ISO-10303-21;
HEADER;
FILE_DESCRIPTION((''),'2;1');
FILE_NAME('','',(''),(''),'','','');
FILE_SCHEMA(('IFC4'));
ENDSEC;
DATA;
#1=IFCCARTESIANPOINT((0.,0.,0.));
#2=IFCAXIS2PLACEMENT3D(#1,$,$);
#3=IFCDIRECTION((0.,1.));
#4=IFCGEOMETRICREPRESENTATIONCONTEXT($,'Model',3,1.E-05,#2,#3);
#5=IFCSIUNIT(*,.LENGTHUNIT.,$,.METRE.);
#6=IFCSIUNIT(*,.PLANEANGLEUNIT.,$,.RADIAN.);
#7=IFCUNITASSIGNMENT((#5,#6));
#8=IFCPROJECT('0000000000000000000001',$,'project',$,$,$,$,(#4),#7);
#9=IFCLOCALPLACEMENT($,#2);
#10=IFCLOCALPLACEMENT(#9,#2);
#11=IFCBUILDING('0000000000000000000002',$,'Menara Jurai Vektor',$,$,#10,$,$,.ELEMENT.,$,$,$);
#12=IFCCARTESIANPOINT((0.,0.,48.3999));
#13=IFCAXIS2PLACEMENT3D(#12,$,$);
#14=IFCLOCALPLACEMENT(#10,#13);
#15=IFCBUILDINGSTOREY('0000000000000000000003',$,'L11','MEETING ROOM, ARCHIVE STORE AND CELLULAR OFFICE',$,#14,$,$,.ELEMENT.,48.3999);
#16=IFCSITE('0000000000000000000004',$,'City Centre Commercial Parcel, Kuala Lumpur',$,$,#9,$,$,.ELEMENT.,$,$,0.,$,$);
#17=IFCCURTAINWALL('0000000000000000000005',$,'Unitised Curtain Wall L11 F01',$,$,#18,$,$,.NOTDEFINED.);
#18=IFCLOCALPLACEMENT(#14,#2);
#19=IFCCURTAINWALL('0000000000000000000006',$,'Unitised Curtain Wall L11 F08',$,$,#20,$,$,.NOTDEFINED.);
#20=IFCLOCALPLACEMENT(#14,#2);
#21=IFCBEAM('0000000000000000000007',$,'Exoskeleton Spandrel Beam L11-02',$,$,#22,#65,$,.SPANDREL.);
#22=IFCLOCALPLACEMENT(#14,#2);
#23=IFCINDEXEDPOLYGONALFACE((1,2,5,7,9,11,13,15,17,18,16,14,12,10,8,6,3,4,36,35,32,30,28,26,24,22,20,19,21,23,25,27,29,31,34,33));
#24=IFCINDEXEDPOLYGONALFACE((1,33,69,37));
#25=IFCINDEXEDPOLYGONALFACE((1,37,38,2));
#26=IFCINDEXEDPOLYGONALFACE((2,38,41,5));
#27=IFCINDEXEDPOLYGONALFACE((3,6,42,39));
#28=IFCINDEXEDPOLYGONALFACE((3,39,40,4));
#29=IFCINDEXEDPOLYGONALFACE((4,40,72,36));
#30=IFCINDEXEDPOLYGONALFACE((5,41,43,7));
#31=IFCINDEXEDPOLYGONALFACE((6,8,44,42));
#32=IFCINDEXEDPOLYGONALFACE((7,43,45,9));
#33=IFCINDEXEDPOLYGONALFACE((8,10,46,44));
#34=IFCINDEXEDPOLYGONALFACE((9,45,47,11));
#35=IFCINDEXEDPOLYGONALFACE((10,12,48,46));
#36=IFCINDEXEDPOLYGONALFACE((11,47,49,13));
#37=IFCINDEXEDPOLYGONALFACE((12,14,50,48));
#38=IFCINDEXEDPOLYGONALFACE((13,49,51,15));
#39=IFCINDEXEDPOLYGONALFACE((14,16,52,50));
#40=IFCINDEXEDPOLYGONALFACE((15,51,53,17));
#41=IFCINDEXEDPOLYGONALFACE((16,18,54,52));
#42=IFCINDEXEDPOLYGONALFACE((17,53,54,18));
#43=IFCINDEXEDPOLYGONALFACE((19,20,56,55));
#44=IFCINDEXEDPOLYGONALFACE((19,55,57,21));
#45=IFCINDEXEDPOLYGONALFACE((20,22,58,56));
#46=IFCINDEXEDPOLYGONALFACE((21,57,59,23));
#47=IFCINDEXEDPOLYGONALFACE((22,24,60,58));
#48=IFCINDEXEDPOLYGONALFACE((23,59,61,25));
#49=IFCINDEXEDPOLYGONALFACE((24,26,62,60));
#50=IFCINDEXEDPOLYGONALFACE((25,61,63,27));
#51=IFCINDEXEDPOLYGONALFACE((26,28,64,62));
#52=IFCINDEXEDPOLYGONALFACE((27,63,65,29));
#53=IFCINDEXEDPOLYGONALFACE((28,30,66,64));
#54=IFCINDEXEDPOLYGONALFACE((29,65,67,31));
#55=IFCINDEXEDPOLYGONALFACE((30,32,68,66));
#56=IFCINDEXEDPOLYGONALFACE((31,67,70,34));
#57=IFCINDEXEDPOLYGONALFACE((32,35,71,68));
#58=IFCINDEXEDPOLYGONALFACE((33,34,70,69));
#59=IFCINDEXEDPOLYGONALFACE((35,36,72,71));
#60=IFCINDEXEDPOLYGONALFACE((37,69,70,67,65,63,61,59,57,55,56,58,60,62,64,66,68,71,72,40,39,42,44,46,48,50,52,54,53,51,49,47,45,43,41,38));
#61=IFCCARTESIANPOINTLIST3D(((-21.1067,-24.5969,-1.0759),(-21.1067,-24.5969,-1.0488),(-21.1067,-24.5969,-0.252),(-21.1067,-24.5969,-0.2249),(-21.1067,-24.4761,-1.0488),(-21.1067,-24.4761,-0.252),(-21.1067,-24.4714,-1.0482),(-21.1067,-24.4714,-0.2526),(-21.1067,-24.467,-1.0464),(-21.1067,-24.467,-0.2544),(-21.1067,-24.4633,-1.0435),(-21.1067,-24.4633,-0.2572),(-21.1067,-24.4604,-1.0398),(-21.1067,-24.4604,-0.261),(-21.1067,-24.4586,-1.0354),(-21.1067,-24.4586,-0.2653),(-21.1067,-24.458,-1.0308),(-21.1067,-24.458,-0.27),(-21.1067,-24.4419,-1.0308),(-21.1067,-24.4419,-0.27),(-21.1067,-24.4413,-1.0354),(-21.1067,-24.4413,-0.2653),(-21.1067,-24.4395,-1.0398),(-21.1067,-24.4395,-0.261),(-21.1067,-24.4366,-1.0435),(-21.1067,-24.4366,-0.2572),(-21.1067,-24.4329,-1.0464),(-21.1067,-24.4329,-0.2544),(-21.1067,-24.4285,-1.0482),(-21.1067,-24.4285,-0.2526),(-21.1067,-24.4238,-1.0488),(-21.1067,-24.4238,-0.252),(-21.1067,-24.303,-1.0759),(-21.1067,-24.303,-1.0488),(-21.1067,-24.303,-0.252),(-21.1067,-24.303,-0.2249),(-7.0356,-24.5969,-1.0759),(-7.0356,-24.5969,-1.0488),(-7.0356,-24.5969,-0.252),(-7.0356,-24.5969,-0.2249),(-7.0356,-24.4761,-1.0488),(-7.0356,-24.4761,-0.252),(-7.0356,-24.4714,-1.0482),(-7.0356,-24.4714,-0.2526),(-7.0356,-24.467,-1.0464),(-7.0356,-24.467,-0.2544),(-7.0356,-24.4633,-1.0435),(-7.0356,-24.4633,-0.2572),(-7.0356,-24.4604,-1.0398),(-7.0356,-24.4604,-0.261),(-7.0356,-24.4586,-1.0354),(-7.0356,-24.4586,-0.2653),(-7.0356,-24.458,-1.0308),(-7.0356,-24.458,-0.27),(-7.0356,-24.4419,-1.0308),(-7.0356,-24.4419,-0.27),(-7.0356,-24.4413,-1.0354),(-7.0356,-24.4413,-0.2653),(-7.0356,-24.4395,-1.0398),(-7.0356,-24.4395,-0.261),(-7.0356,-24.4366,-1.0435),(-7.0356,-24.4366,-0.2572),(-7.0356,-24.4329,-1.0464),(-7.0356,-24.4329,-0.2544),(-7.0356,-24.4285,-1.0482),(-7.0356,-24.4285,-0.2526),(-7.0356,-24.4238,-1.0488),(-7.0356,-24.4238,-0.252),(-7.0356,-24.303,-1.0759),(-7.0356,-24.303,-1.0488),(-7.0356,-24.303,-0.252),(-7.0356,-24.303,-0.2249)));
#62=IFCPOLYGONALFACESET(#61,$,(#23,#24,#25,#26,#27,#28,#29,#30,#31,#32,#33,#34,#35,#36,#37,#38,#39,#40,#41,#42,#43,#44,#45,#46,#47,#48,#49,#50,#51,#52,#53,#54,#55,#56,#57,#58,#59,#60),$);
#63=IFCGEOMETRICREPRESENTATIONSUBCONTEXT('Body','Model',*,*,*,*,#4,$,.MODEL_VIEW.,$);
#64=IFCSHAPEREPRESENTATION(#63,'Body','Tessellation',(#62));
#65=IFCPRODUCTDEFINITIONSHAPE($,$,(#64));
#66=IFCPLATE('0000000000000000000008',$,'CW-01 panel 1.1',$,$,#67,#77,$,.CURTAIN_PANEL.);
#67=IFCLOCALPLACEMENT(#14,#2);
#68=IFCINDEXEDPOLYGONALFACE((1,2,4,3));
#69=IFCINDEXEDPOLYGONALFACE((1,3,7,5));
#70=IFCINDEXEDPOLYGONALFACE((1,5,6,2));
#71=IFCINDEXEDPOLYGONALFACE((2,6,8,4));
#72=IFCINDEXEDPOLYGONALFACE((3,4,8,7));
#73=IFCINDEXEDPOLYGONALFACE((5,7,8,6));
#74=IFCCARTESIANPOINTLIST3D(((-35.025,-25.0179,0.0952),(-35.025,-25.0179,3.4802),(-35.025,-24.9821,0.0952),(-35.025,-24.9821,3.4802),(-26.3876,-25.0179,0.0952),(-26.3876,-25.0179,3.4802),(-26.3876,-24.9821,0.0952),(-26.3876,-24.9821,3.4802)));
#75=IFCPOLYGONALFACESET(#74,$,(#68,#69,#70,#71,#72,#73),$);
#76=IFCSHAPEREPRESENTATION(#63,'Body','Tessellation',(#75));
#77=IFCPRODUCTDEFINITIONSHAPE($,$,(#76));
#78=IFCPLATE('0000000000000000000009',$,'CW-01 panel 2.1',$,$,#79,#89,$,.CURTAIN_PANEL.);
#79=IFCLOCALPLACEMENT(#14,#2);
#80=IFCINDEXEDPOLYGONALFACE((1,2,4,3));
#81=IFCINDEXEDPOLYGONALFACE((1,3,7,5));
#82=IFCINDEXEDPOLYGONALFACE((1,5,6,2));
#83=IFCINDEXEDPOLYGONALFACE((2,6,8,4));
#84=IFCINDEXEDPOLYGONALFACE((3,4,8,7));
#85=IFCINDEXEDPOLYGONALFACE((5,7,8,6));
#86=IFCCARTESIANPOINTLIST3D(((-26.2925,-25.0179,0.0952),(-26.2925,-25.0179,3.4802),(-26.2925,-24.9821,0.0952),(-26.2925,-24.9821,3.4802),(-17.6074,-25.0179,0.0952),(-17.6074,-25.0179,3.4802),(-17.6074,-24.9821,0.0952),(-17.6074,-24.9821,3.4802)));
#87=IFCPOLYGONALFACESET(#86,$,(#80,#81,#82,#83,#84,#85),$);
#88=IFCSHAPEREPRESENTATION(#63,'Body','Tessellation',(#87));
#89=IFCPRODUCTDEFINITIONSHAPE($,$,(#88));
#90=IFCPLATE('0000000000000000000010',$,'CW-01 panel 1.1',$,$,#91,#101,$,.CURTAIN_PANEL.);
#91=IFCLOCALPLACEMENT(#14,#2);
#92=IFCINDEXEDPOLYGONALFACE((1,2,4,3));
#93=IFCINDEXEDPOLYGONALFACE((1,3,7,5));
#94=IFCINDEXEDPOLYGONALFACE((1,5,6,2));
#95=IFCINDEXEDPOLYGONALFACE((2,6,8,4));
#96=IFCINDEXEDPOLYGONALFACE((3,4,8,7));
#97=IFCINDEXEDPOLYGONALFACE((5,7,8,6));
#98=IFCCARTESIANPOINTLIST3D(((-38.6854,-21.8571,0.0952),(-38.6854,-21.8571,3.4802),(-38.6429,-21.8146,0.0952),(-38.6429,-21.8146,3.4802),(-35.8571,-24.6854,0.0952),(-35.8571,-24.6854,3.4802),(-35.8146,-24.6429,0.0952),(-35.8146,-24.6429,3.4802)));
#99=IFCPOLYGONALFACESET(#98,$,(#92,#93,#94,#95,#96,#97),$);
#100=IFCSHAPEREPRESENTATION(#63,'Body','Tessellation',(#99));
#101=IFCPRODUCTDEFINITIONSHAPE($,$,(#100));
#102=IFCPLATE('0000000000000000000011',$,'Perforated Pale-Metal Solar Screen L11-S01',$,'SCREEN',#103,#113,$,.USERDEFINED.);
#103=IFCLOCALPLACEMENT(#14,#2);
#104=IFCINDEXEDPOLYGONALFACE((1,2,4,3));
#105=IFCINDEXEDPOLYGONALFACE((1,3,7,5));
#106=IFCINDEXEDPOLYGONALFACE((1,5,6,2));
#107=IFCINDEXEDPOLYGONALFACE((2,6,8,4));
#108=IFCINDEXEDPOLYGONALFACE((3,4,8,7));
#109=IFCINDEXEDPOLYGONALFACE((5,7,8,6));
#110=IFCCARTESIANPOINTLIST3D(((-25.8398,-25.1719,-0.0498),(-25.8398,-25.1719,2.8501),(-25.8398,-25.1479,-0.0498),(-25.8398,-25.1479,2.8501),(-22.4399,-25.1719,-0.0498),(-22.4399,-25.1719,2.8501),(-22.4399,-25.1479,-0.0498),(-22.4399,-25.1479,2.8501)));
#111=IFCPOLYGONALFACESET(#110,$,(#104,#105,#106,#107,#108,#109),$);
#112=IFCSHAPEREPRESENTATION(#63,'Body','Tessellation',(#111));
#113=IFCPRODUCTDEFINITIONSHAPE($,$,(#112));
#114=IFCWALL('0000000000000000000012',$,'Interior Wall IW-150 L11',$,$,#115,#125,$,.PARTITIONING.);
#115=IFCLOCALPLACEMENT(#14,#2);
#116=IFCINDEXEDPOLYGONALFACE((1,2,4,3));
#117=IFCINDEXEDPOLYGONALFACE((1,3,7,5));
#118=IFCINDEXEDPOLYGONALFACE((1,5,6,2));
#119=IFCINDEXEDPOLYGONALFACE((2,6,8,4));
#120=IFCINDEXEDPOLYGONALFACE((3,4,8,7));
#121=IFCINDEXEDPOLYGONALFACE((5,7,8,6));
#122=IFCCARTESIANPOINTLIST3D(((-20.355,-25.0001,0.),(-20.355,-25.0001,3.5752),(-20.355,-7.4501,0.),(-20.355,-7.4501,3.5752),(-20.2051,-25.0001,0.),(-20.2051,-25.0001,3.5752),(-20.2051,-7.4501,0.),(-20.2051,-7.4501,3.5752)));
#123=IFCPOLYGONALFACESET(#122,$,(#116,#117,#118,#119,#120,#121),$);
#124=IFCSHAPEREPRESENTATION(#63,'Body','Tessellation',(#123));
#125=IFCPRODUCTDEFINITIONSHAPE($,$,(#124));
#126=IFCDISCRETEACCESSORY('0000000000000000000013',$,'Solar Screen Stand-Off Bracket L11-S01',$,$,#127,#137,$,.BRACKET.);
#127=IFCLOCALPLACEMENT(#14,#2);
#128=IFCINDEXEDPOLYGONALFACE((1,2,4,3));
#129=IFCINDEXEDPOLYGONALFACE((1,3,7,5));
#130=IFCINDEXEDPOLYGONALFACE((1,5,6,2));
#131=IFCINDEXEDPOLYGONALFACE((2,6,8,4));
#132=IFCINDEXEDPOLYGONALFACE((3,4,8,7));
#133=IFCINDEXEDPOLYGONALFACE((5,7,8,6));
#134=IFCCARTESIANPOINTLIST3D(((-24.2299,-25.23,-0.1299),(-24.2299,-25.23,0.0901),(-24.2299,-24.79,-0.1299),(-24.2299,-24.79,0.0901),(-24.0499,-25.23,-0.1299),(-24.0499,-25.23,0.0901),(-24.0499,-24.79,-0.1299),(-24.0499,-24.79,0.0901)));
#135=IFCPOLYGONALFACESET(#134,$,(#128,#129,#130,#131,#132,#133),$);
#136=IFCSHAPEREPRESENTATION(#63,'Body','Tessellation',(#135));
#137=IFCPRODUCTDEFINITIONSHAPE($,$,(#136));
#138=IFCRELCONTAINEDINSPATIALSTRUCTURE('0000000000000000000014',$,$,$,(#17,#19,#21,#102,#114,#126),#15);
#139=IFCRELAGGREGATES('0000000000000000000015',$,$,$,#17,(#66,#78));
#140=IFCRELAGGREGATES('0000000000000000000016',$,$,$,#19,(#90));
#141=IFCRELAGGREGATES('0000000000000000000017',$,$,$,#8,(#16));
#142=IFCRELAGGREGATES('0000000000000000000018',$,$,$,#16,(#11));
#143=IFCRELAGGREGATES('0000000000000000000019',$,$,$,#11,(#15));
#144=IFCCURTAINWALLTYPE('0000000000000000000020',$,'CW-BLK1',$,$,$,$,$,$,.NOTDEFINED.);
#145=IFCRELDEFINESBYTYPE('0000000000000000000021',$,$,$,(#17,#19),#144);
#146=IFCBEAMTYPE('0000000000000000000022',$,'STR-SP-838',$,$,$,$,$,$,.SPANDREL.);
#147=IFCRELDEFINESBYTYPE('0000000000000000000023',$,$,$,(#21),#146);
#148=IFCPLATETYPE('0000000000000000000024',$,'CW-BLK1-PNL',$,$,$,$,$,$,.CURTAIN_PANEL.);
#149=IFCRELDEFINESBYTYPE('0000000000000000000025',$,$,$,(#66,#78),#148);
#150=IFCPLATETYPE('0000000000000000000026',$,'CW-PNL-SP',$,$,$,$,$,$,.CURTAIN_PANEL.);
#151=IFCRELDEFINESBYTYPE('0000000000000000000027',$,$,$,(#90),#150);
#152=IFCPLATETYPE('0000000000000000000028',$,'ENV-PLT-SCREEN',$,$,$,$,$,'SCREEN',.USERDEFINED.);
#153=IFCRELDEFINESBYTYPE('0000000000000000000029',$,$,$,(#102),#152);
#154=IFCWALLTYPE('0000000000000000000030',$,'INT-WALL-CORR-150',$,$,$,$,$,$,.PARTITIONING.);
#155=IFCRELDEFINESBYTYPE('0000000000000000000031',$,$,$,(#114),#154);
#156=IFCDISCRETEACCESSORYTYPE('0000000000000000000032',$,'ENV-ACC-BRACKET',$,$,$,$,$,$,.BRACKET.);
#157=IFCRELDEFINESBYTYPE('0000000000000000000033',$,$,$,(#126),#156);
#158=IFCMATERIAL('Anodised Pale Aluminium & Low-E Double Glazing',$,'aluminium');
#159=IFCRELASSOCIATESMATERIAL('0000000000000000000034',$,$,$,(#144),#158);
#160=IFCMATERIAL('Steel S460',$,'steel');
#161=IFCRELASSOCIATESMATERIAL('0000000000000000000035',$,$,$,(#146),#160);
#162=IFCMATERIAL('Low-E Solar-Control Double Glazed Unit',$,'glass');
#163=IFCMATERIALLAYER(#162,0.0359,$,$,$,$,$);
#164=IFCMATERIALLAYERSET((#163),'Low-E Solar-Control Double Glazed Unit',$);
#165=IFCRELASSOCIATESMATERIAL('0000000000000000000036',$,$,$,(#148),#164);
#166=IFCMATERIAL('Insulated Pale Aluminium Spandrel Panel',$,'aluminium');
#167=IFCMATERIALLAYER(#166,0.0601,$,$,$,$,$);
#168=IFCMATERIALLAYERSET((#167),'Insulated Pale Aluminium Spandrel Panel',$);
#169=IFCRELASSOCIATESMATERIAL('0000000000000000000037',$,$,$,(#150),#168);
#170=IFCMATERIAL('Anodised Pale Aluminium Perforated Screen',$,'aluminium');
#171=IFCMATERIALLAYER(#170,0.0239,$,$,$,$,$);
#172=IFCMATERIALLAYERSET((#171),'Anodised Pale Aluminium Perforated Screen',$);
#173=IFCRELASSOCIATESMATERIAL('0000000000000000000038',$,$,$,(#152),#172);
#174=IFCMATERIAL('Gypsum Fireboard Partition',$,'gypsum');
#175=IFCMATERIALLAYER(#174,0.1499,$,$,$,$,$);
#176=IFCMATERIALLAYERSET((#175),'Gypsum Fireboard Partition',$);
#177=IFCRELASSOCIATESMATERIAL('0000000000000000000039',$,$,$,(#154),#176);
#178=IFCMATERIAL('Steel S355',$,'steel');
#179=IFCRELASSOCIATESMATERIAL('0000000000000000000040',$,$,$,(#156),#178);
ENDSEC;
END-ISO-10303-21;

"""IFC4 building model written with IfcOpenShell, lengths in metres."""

from ifc_helpers import new_model, si_unit, direction, frame, frame_2d, origin, origin_2d, place, context, subcontext, project, spatial, rectangle, i_section, extrude, material, layer, layer_set, material_profile, profile_set, type_object, element, aggregate, save


model = new_model("IFC4")

# Units and contexts
model_context = context("Model", 3, precision=1e-05, world=origin(), true_north=direction((0.0, 1.0)))
body_context = subcontext(model_context, "Body", "Model", "MODEL_VIEW")
ifc_project = project(units=[si_unit("LENGTHUNIT", "METRE"), si_unit("PLANEANGLEUNIT", "RADIAN")], contexts=[model_context])

# Site, building, storey
site_placement = place(None, origin())
site = spatial("IfcSite", under=ifc_project, at=site_placement, Name="City Centre Commercial Parcel, Kuala Lumpur", CompositionType="ELEMENT", RefElevation=0.0)
building_placement = place(site_placement, origin())
building = spatial("IfcBuilding", under=site, at=building_placement, Name="Menara Jurai Vektor", CompositionType="ELEMENT")
storey_placement = place(building_placement, frame((0.0, 0.0, 48.3999)))
storey = spatial("IfcBuildingStorey", under=building, at=storey_placement, Name="L11", Description="MEETING ROOM, ARCHIVE STORE AND CELLULAR OFFICE", CompositionType="ELEMENT", Elevation=48.3999)

# Shared definitions
ifc_material_1 = material(Name="Steel S460", Category="steel")

# Curtain walls
ifc_material_2 = material(Name="Anodised Pale Aluminium & Low-E Double Glazing", Category="aluminium")
curtain_wall_type = type_object("IfcCurtainWallType", Name="CW-BLK1", PredefinedType="NOTDEFINED", material=ifc_material_2)
curtain_wall_1_placement = place(storey_placement, origin())
curtain_wall_1 = element("IfcCurtainWall", 1, at=curtain_wall_1_placement, inside=storey, type_object=curtain_wall_type, Name="Unitised Curtain Wall L11 F01", PredefinedType="NOTDEFINED")
curtain_wall_2_placement = place(storey_placement, origin())
curtain_wall_2 = element("IfcCurtainWall", 2, at=curtain_wall_2_placement, inside=storey, type_object=curtain_wall_type, Name="Unitised Curtain Wall L11 F08", PredefinedType="NOTDEFINED")

# Shared definitions
ifc_material_3 = material(Name="Steel S355", Category="steel")

# Beam
ifc_material_profile_1 = material_profile(ifc_material_1, i_section(OverallWidth=0.2939, OverallDepth=0.8511, WebThickness=0.0161, FlangeThickness=0.0271, FilletRadius=0.0181, at=origin_2d()), Name="UKB 838x292x226")
ifc_profile_set_1 = profile_set([ifc_material_profile_1], Name="Steel S460")
beam_type_1 = type_object("IfcBeamType", Name="STR-SP-838", PredefinedType="SPANDREL", material=ifc_profile_set_1)
for number, where, z_axis, x_axis, name in (
    (3, (-21.1067, -24.45, -0.6504), (1.0, 0.0, 0.0), (0.0, 1.0, 0.0), "Exoskeleton Spandrel Beam L11-02"),
):
    element("IfcBeam", number, at=place(storey_placement, frame(where, z_axis=z_axis, x_axis=x_axis)), inside=storey, type_object=beam_type_1, Name=name, PredefinedType="SPANDREL", context=body_context, shape_type="SweptSolid", body=[
        extrude(i_section(OverallWidth=0.2939, OverallDepth=0.8511, WebThickness=0.0161, FlangeThickness=0.0271, FilletRadius=0.0181, at=origin_2d()), origin(), (0.0, 0.0, 1.0), 14.071),
    ])

# Plates
ifc_material_4 = material(Name="Low-E Solar-Control Double Glazed Unit", Category="glass")
ifc_layer_1 = layer(ifc_material_4, 0.0359)
ifc_layer_set_1 = layer_set([ifc_layer_1], Name="Low-E Solar-Control Double Glazed Unit")
plate_type_1 = type_object("IfcPlateType", Name="CW-BLK1-PNL", PredefinedType="CURTAIN_PANEL", material=ifc_layer_set_1)
plate_1_placement = place(storey_placement, frame((-30.7063, -25.0, 0.0952), z_axis=(0.0, 0.0, 1.0), x_axis=(1.0, 0.0, 0.0)))
plate_1 = element("IfcPlate", 4, at=plate_1_placement, type_object=plate_type_1, Name="CW-01 panel 1.1", PredefinedType="CURTAIN_PANEL", context=body_context, shape_type="SweptSolid", body=[
    extrude(rectangle(XDim=8.6375, YDim=0.0359, at=origin_2d()), origin(), (0.0, 0.0, 1.0), 3.385),
])
plate_2_placement = place(storey_placement, frame((-21.95, -25.0, 0.0952), z_axis=(0.0, 0.0, 1.0), x_axis=(1.0, 0.0, 0.0)))
plate_2 = element("IfcPlate", 5, at=plate_2_placement, type_object=plate_type_1, Name="CW-01 panel 2.1", PredefinedType="CURTAIN_PANEL", context=body_context, shape_type="SweptSolid", body=[
    extrude(rectangle(XDim=8.6851, YDim=0.0359, at=origin_2d()), origin(), (0.0, 0.0, 1.0), 3.385),
])
aggregate(curtain_wall_1, [plate_1, plate_2])
ifc_material_5 = material(Name="Insulated Pale Aluminium Spandrel Panel", Category="aluminium")
ifc_layer_2 = layer(ifc_material_5, 0.0601)
ifc_layer_set_2 = layer_set([ifc_layer_2], Name="Insulated Pale Aluminium Spandrel Panel")
plate_type_2 = type_object("IfcPlateType", Name="CW-PNL-SP", PredefinedType="CURTAIN_PANEL", material=ifc_layer_set_2)
plate_3_placement = place(storey_placement, frame((-37.25, -23.25, 0.0952), z_axis=(0.0, 0.0, 1.0), x_axis=(0.707107, -0.707107, 0.0)))
plate_3 = element("IfcPlate", 6, at=plate_3_placement, type_object=plate_type_2, Name="CW-01 panel 1.1", PredefinedType="CURTAIN_PANEL", context=body_context, shape_type="SweptSolid", body=[
    extrude(rectangle(XDim=3.9998, YDim=0.0601, at=origin_2d()), origin(), (0.0, 0.0, 1.0), 3.385),
])
aggregate(curtain_wall_2, [plate_3])
ifc_material_6 = material(Name="Anodised Pale Aluminium Perforated Screen", Category="aluminium")
ifc_layer_3 = layer(ifc_material_6, 0.0239)
ifc_layer_set_3 = layer_set([ifc_layer_3], Name="Anodised Pale Aluminium Perforated Screen")
plate_type_3 = type_object("IfcPlateType", Name="ENV-PLT-SCREEN", ElementType="SCREEN", PredefinedType="USERDEFINED", material=ifc_layer_set_3)
plate_4_placement = place(storey_placement, frame((-24.1399, -25.1599, -0.0498), z_axis=(0.0, 0.0, 1.0), x_axis=(1.0, 0.0, 0.0)))
element("IfcPlate", 7, at=plate_4_placement, inside=storey, type_object=plate_type_3, Name="Perforated Pale-Metal Solar Screen L11-S01", ObjectType="SCREEN", PredefinedType="USERDEFINED", context=body_context, shape_type="SweptSolid", body=[
    extrude(rectangle(XDim=3.3999, YDim=0.0239, at=origin_2d()), origin(), (0.0, 0.0, 1.0), 2.8999),
])

# Wall
ifc_material_7 = material(Name="Gypsum Fireboard Partition", Category="gypsum")
ifc_layer_4 = layer(ifc_material_7, 0.1499)
ifc_layer_set_4 = layer_set([ifc_layer_4], Name="Gypsum Fireboard Partition")
wall_type = type_object("IfcWallType", Name="INT-WALL-CORR-150", PredefinedType="PARTITIONING", material=ifc_layer_set_4)
wall_placement = place(storey_placement, frame((-20.28, -25.0, 0.0), z_axis=(0.0, 0.0, 1.0), x_axis=(0.0, 1.0, 0.0)))
element("IfcWall", 8, at=wall_placement, inside=storey, type_object=wall_type, Name="Interior Wall IW-150 L11", PredefinedType="PARTITIONING", context=body_context, shape_type="SweptSolid", body=[
    extrude(rectangle(XDim=17.55, YDim=0.1499, at=frame_2d((8.7749, 0.0))), origin(), (0.0, 0.0, 1.0), 3.5752),
])

# Discrete accessory
discrete_accessory_type = type_object("IfcDiscreteAccessoryType", Name="ENV-ACC-BRACKET", PredefinedType="BRACKET", material=ifc_material_3)
discrete_accessory_placement = place(storey_placement, frame((-24.1399, -25.01, -0.1299), z_axis=(0.0, 0.0, 1.0), x_axis=(1.0, 0.0, 0.0)))
element("IfcDiscreteAccessory", 9, at=discrete_accessory_placement, inside=storey, type_object=discrete_accessory_type, Name="Solar Screen Stand-Off Bracket L11-S01", PredefinedType="BRACKET", context=body_context, shape_type="SweptSolid", body=[
    extrude(rectangle(XDim=0.1799, YDim=0.4399, at=origin_2d()), origin(), (0.0, 0.0, 1.0), 0.22),
])

save(model, "model.ifc")
